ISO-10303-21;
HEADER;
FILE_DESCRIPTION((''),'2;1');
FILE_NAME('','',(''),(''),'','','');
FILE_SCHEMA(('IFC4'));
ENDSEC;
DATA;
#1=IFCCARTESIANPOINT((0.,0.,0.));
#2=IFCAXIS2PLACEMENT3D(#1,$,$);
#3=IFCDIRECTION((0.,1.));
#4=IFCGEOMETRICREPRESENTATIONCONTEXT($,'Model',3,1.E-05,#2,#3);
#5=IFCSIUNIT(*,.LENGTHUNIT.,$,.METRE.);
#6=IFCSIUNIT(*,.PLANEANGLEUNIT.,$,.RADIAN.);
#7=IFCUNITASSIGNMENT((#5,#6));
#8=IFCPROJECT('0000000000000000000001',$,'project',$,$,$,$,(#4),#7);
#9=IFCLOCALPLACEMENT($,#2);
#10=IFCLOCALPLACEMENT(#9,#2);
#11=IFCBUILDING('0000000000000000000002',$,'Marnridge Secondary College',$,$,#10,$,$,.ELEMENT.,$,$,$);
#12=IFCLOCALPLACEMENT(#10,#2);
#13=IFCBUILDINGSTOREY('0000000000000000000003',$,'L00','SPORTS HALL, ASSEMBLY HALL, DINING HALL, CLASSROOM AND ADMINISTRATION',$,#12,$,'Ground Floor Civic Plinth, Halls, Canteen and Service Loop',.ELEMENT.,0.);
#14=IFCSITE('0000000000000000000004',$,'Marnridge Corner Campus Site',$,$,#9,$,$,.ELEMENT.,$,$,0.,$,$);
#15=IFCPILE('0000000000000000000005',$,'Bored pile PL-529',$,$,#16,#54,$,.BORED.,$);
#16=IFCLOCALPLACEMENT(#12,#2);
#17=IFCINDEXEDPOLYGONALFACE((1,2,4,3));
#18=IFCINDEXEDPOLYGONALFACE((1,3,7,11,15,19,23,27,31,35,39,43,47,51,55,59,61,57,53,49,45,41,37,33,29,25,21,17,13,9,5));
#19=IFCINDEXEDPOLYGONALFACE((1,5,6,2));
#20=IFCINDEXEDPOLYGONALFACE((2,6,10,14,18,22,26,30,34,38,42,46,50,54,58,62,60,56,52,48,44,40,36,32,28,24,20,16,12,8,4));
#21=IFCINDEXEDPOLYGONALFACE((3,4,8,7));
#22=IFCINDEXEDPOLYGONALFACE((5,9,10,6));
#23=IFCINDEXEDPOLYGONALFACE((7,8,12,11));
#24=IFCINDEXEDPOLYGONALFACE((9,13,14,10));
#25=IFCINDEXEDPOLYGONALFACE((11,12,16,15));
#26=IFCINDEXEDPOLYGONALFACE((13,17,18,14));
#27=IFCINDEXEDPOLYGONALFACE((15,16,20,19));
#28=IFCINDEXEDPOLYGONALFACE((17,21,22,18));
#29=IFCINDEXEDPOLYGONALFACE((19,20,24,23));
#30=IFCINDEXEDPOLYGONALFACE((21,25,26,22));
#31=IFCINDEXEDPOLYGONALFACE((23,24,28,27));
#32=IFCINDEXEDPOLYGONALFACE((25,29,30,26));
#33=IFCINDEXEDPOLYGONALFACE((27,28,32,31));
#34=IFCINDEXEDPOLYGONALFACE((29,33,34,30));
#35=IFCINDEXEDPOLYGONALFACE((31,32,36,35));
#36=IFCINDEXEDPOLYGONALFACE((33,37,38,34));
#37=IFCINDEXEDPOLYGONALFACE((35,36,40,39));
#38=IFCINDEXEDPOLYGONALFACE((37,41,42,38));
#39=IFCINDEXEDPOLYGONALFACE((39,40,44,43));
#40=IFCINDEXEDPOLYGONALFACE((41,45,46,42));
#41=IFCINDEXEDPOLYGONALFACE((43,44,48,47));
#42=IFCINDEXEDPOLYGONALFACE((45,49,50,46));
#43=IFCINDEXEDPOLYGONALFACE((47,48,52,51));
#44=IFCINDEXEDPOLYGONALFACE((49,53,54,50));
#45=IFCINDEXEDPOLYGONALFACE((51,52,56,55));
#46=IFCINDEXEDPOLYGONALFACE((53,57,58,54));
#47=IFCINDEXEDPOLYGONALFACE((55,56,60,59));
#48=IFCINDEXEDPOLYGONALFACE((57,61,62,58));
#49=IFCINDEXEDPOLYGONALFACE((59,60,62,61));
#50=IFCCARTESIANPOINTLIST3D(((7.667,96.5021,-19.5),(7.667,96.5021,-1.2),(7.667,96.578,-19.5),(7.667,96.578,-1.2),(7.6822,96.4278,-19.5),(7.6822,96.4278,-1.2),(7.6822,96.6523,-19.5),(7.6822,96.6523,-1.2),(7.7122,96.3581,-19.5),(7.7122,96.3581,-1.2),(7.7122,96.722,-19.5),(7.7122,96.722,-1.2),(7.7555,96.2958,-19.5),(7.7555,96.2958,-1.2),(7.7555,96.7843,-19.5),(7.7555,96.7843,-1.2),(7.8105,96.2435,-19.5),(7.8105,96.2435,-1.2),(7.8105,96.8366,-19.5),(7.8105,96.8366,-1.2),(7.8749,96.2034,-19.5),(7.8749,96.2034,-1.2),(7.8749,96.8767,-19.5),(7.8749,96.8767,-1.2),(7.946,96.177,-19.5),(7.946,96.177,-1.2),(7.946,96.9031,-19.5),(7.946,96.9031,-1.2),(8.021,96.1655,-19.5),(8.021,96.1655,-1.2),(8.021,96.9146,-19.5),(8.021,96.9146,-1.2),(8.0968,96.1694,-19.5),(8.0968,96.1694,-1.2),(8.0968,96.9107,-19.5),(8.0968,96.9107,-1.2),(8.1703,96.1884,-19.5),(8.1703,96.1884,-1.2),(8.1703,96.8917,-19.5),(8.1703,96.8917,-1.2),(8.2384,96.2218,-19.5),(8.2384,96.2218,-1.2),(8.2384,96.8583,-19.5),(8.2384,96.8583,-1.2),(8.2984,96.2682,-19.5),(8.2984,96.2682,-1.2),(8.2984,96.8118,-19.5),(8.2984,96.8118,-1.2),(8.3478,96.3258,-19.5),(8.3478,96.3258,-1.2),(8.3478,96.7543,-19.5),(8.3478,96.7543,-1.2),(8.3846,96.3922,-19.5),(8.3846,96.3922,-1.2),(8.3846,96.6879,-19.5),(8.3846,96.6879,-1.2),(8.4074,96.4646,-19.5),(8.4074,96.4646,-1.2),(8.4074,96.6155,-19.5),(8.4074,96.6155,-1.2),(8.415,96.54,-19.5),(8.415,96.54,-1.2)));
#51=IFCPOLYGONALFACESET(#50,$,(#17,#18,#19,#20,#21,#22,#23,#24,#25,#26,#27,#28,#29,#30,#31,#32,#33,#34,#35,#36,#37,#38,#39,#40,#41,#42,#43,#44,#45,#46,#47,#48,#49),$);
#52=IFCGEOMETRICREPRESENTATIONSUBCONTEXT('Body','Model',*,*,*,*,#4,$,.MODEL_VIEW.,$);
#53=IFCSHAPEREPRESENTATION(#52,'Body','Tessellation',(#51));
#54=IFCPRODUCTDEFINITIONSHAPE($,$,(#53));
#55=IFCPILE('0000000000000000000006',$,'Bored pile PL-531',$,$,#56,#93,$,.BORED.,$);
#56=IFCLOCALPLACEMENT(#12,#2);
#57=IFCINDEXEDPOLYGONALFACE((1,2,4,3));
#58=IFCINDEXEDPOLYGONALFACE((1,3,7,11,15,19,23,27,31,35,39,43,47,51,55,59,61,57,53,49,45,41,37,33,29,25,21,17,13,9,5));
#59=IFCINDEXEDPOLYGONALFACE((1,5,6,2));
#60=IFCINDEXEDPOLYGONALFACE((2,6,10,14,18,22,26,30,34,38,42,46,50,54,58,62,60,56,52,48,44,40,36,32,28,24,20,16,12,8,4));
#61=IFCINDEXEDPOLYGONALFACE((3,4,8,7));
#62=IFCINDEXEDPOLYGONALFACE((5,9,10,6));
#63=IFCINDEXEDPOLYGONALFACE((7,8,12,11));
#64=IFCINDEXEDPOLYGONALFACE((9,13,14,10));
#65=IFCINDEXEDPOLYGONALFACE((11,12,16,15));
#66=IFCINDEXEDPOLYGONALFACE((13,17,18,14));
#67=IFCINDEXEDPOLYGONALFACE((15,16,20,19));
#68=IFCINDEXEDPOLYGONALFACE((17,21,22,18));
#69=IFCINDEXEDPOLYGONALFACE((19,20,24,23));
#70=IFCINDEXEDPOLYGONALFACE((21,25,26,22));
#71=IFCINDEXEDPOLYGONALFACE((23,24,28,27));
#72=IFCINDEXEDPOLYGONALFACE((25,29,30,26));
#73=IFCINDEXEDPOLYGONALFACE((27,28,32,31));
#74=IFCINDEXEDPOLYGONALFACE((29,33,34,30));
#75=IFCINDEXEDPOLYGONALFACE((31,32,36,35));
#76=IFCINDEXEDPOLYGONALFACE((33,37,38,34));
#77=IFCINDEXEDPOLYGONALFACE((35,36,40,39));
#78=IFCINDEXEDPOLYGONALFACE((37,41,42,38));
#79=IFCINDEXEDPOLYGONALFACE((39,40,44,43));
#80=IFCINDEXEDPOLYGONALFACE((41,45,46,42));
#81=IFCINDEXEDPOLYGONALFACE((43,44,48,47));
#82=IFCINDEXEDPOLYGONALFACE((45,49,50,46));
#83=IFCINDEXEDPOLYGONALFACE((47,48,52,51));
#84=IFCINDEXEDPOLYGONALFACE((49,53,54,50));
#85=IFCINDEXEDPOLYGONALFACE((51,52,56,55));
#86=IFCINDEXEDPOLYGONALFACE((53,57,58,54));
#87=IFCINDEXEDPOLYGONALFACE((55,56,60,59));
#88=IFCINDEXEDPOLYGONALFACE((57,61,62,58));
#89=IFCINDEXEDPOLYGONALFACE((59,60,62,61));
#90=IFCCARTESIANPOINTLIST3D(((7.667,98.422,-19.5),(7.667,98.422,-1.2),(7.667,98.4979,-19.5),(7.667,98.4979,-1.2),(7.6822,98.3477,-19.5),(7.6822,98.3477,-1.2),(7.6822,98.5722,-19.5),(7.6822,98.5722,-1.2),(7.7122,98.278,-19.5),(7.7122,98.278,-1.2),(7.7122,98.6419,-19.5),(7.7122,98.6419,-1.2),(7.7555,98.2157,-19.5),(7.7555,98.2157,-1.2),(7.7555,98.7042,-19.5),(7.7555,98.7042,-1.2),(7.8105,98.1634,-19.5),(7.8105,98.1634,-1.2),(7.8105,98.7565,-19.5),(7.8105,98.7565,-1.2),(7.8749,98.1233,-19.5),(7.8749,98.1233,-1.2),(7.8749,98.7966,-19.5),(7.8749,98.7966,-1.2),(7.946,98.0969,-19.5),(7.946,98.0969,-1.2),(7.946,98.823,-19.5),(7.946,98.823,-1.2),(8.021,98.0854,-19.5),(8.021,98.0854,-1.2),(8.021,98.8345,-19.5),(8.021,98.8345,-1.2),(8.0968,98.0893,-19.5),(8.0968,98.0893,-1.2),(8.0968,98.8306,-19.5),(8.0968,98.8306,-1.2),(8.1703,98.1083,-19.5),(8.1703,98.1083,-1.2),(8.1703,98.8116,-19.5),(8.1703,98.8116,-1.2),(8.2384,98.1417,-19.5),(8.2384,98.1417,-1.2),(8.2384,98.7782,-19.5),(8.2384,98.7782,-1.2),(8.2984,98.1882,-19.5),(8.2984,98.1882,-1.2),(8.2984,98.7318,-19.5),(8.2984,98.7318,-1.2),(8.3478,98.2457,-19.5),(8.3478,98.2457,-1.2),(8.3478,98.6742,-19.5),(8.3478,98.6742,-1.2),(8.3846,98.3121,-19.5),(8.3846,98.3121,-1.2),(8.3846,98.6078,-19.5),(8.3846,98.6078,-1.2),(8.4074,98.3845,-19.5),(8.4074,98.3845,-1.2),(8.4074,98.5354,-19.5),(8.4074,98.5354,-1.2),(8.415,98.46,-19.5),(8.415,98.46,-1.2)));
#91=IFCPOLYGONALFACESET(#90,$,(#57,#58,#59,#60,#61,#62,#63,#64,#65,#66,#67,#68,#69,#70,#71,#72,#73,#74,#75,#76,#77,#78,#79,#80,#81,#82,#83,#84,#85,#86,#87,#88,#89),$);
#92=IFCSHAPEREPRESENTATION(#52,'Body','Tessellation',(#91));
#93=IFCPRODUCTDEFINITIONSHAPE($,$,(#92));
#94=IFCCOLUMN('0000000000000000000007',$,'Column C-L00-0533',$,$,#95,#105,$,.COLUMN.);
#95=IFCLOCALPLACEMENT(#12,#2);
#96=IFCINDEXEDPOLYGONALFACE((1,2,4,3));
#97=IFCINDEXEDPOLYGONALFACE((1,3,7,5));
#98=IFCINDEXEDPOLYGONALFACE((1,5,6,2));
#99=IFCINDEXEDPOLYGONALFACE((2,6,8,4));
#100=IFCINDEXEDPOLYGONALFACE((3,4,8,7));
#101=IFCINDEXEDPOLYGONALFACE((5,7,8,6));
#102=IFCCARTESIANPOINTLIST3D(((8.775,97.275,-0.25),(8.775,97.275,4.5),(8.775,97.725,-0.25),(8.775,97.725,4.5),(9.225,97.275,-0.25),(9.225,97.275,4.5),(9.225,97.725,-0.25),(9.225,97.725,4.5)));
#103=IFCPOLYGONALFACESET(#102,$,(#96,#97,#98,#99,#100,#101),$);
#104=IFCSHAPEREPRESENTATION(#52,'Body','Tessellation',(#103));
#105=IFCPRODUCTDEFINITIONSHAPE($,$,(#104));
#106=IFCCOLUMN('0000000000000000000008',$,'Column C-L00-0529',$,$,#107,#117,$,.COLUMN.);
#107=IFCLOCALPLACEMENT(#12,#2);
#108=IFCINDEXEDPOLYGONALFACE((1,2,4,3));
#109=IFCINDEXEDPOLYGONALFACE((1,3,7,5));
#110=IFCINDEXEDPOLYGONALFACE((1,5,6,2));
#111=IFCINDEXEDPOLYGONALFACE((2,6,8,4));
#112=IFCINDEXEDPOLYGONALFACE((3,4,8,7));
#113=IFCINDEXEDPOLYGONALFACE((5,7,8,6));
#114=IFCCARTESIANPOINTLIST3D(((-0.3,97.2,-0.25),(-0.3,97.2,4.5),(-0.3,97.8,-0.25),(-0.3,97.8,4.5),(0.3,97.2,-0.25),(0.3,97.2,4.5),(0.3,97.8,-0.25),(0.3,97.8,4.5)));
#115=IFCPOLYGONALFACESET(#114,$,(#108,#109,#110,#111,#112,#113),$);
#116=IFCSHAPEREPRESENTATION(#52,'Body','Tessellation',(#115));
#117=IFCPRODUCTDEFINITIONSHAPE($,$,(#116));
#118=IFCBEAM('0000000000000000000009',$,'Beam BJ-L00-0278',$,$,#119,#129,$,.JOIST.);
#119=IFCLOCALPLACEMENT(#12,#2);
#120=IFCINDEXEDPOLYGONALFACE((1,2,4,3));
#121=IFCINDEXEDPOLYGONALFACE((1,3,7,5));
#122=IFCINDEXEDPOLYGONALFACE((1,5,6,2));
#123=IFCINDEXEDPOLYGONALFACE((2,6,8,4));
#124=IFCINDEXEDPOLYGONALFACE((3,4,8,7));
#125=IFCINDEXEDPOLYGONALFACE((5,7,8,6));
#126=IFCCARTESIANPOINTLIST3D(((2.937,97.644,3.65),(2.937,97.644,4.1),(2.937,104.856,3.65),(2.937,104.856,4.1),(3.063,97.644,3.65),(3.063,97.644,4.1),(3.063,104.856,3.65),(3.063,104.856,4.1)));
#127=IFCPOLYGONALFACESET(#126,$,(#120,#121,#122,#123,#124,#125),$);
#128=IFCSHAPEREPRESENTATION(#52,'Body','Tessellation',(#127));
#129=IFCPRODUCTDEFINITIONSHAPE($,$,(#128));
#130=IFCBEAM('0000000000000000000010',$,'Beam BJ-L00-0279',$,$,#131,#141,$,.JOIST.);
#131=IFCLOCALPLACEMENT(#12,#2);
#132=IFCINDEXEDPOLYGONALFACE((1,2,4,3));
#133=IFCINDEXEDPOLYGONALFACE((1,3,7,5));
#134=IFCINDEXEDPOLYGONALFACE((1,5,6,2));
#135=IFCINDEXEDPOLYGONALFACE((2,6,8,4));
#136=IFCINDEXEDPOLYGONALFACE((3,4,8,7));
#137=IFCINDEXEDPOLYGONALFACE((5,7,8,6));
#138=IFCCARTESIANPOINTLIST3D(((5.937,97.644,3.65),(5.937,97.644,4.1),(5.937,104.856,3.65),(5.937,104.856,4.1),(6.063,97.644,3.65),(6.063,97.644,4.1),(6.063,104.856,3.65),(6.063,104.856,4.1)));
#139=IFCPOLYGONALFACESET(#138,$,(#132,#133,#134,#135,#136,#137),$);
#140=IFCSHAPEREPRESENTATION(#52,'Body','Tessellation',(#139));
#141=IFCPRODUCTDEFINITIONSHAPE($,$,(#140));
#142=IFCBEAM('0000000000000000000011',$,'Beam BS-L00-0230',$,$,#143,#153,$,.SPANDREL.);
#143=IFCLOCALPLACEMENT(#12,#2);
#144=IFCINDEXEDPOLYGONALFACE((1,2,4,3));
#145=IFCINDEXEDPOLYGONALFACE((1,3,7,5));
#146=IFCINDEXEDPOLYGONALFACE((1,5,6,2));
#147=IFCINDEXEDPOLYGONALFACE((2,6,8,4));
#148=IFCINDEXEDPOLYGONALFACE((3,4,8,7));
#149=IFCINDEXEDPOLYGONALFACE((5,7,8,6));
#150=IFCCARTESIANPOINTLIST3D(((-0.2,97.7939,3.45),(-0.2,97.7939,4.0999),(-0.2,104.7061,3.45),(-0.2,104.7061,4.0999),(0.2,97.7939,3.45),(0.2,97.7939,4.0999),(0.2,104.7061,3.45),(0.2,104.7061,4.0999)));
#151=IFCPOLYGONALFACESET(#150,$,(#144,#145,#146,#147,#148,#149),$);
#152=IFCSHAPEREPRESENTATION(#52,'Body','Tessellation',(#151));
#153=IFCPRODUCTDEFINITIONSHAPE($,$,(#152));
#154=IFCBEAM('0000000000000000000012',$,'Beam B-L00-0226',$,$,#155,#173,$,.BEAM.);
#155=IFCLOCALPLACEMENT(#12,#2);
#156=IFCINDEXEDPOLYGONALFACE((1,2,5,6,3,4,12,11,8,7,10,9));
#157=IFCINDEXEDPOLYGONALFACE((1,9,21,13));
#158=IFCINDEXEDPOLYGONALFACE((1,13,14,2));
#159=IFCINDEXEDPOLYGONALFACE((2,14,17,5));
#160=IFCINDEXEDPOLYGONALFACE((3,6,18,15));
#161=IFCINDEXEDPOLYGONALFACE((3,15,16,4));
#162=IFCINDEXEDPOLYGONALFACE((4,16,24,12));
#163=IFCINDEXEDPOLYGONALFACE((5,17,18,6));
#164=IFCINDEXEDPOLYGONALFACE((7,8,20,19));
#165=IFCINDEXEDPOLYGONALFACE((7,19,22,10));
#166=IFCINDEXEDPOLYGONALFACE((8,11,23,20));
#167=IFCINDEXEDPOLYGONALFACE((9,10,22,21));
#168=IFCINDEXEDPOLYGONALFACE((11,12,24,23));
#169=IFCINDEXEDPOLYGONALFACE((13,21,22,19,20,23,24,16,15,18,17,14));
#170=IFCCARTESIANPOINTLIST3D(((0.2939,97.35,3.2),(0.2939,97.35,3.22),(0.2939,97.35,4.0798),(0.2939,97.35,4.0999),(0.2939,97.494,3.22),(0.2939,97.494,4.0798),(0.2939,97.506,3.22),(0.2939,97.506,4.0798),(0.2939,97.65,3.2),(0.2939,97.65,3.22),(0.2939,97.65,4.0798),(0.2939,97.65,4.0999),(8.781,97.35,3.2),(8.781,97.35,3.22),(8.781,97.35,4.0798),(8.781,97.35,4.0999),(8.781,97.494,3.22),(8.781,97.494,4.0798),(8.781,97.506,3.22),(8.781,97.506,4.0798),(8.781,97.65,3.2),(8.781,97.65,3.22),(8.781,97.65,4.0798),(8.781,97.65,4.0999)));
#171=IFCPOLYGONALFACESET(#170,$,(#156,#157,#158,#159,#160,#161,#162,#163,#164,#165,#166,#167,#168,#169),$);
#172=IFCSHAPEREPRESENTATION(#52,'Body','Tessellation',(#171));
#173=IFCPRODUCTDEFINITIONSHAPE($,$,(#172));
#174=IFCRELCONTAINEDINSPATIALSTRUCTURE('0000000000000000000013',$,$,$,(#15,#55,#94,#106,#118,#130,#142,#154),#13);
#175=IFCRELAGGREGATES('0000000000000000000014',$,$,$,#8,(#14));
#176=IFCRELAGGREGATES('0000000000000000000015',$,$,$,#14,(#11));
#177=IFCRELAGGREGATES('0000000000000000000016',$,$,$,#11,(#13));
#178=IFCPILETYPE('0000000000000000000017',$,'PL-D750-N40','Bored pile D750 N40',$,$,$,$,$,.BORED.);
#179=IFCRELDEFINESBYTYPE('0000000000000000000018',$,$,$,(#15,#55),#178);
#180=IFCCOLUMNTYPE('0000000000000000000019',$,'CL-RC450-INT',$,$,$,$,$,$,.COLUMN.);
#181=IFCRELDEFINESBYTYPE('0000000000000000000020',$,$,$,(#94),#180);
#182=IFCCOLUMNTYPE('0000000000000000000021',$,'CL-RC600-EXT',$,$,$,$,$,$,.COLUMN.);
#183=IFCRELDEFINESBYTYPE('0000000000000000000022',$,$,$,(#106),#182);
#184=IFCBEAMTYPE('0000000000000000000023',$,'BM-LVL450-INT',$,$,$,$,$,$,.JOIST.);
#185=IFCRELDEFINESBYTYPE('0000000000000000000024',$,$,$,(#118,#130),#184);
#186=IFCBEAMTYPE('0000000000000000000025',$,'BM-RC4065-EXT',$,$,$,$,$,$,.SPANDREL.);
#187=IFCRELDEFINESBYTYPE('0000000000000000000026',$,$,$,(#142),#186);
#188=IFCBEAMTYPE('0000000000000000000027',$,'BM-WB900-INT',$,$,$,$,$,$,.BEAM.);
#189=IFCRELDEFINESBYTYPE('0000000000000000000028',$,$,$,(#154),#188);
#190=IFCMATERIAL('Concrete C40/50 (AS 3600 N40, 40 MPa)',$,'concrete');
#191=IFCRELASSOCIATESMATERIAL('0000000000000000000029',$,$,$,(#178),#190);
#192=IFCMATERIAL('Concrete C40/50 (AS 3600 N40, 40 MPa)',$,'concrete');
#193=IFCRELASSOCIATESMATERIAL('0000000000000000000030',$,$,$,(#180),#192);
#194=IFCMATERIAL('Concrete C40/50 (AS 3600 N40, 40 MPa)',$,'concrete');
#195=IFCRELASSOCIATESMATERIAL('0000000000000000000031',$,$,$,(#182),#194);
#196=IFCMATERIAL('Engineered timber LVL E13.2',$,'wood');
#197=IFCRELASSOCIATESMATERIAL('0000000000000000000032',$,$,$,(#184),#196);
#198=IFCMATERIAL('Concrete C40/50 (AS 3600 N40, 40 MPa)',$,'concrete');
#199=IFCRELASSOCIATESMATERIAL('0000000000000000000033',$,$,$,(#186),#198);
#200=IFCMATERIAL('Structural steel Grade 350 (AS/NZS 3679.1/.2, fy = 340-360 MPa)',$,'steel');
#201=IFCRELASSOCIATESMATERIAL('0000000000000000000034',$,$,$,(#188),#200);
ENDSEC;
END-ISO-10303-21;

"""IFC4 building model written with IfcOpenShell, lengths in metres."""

from ifc_helpers import new_model, si_unit, direction, frame, origin, origin_2d, place, context, subcontext, project, spatial, rectangle, circle, i_section, extrude, material, material_profile, profile_set, type_object, element, save


model = new_model("IFC4")

# Units and contexts
model_context = context("Model", 3, precision=1e-05, world=origin(), true_north=direction((0.0, 1.0)))
body_context = subcontext(model_context, "Body", "Model", "MODEL_VIEW")
ifc_project = project(units=[si_unit("LENGTHUNIT", "METRE"), si_unit("PLANEANGLEUNIT", "RADIAN")], contexts=[model_context])

# Site, building, storey
site_placement = place(None, origin())
site = spatial("IfcSite", under=ifc_project, at=site_placement, Name="Marnridge Corner Campus Site", CompositionType="ELEMENT", RefElevation=0.0)
building_placement = place(site_placement, origin())
building = spatial("IfcBuilding", under=site, at=building_placement, Name="Marnridge Secondary College", CompositionType="ELEMENT")
storey_placement = place(building_placement, origin())
storey = spatial("IfcBuildingStorey", under=building, at=storey_placement, Name="L00", Description="SPORTS HALL, ASSEMBLY HALL, DINING HALL, CLASSROOM AND ADMINISTRATION", LongName="Ground Floor Civic Plinth, Halls, Canteen and Service Loop", CompositionType="ELEMENT", Elevation=0.0)

# Piles
ifc_material_1 = material(Name="Concrete C40/50 (AS 3600 N40, 40 MPa)", Category="concrete")
ifc_material_profile_1 = material_profile(ifc_material_1, circle(Radius=0.375, at=origin_2d()), Name="PILE D750")
ifc_profile_set_1 = profile_set([ifc_material_profile_1], Name="Concrete C40/50 (AS 3600 N40, 40 MPa)")
pile_type = type_object("IfcPileType", Name="PL-D750-N40", Description="Bored pile D750 N40", PredefinedType="BORED", material=ifc_profile_set_1)
for number, where, z_axis, x_axis, name in (
    (1, (8.04, 96.54, -1.2), (0.0, 0.0, -1.0), (1.0, 0.0, 0.0), "Bored pile PL-529"),
    (2, (8.04, 98.46, -1.2), (0.0, 0.0, -1.0), (1.0, 0.0, 0.0), "Bored pile PL-531"),
):
    element("IfcPile", number, at=place(storey_placement, frame(where, z_axis=z_axis, x_axis=x_axis)), inside=storey, type_object=pile_type, Name=name, PredefinedType="BORED", context=body_context, shape_type="SweptSolid", body=[
        extrude(circle(Radius=0.375, at=origin_2d()), origin(), (0.0, 0.0, 1.0), 18.3),
    ])

# Columns
ifc_material_2 = material(Name="Concrete C40/50 (AS 3600 N40, 40 MPa)", Category="concrete")
ifc_material_profile_2 = material_profile(ifc_material_2, rectangle(XDim=0.45, YDim=0.45, at=origin_2d()), Name="RC 450x450")
ifc_profile_set_2 = profile_set([ifc_material_profile_2], Name="Concrete C40/50 (AS 3600 N40, 40 MPa)")
column_type_1 = type_object("IfcColumnType", Name="CL-RC450-INT", PredefinedType="COLUMN", material=ifc_profile_set_2)
column_1_placement = place(storey_placement, frame((9.0, 97.5, -0.25), z_axis=(0.0, 0.0, 1.0), x_axis=(1.0, 0.0, 0.0)))
element("IfcColumn", 3, at=column_1_placement, inside=storey, type_object=column_type_1, Name="Column C-L00-0533", PredefinedType="COLUMN", context=body_context, shape_type="SweptSolid", body=[
    extrude(rectangle(XDim=0.45, YDim=0.45, at=origin_2d()), origin(), (0.0, 0.0, 1.0), 4.75),
])
ifc_material_3 = material(Name="Concrete C40/50 (AS 3600 N40, 40 MPa)", Category="concrete")
ifc_material_profile_3 = material_profile(ifc_material_3, rectangle(XDim=0.6001, YDim=0.6001, at=origin_2d()), Name="RC 600x600")
ifc_profile_set_3 = profile_set([ifc_material_profile_3], Name="Concrete C40/50 (AS 3600 N40, 40 MPa)")
column_type_2 = type_object("IfcColumnType", Name="CL-RC600-EXT", PredefinedType="COLUMN", material=ifc_profile_set_3)
column_2_placement = place(storey_placement, frame((0.0, 97.5, -0.25), z_axis=(0.0, 0.0, 1.0), x_axis=(1.0, 0.0, 0.0)))
element("IfcColumn", 4, at=column_2_placement, inside=storey, type_object=column_type_2, Name="Column C-L00-0529", PredefinedType="COLUMN", context=body_context, shape_type="SweptSolid", body=[
    extrude(rectangle(XDim=0.6001, YDim=0.6001, at=origin_2d()), origin(), (0.0, 0.0, 1.0), 4.75),
])

# Beams
ifc_material_4 = material(Name="Engineered timber LVL E13.2", Category="wood")
ifc_material_profile_4 = material_profile(ifc_material_4, rectangle(XDim=0.126, YDim=0.45, at=origin_2d()), Name="LVL 126x450")
ifc_profile_set_4 = profile_set([ifc_material_profile_4], Name="Engineered timber LVL E13.2")
beam_type_1 = type_object("IfcBeamType", Name="BM-LVL450-INT", PredefinedType="JOIST", material=ifc_profile_set_4)
for number, where, z_axis, x_axis, name in (
    (5, (3.0, 97.644, 3.875), (0.0, 1.0, 0.0), (-1.0, 0.0, 0.0), "Beam BJ-L00-0278"),
    (6, (6.0, 97.644, 3.875), (0.0, 1.0, 0.0), (-1.0, 0.0, 0.0), "Beam BJ-L00-0279"),
):
    element("IfcBeam", number, at=place(storey_placement, frame(where, z_axis=z_axis, x_axis=x_axis)), inside=storey, type_object=beam_type_1, Name=name, PredefinedType="JOIST", context=body_context, shape_type="SweptSolid", body=[
        extrude(rectangle(XDim=0.126, YDim=0.45, at=origin_2d()), origin(), (0.0, 0.0, 1.0), 7.2119),
    ])
ifc_material_5 = material(Name="Concrete C40/50 (AS 3600 N40, 40 MPa)", Category="concrete")
ifc_material_profile_5 = material_profile(ifc_material_5, rectangle(XDim=0.3999, YDim=0.6499, at=origin_2d()), Name="RC 400x650")
ifc_profile_set_5 = profile_set([ifc_material_profile_5], Name="Concrete C40/50 (AS 3600 N40, 40 MPa)")
beam_type_2 = type_object("IfcBeamType", Name="BM-RC4065-EXT", PredefinedType="SPANDREL", material=ifc_profile_set_5)
beam_1_placement = place(storey_placement, frame((0.0, 97.7939, 3.7749), z_axis=(0.0, 1.0, 0.0), x_axis=(-1.0, 0.0, 0.0)))
element("IfcBeam", 7, at=beam_1_placement, inside=storey, type_object=beam_type_2, Name="Beam BS-L00-0230", PredefinedType="SPANDREL", context=body_context, shape_type="SweptSolid", body=[
    extrude(rectangle(XDim=0.3999, YDim=0.6499, at=origin_2d()), origin(), (0.0, 0.0, 1.0), 6.9121),
])
ifc_material_6 = material(Name="Structural steel Grade 350 (AS/NZS 3679.1/.2, fy = 340-360 MPa)", Category="steel")
ifc_material_profile_6 = material_profile(ifc_material_6, i_section(OverallWidth=0.3, OverallDepth=0.8999, WebThickness=0.012, FlangeThickness=0.02, at=origin_2d()), Name="900WB175")
ifc_profile_set_6 = profile_set([ifc_material_profile_6], Name="Structural steel Grade 350 (AS/NZS 3679.1/.2, fy = 340-360 MPa)")
beam_type_3 = type_object("IfcBeamType", Name="BM-WB900-INT", PredefinedType="BEAM", material=ifc_profile_set_6)
beam_2_placement = place(storey_placement, frame((0.2939, 97.5, 3.6499), z_axis=(1.0, 0.0, 0.0), x_axis=(0.0, 1.0, 0.0)))
element("IfcBeam", 8, at=beam_2_placement, inside=storey, type_object=beam_type_3, Name="Beam B-L00-0226", PredefinedType="BEAM", context=body_context, shape_type="SweptSolid", body=[
    extrude(i_section(OverallWidth=0.3, OverallDepth=0.8999, WebThickness=0.012, FlangeThickness=0.02, at=origin_2d()), origin(), (0.0, 0.0, 1.0), 8.4871),
])

save(model, "model.ifc")
